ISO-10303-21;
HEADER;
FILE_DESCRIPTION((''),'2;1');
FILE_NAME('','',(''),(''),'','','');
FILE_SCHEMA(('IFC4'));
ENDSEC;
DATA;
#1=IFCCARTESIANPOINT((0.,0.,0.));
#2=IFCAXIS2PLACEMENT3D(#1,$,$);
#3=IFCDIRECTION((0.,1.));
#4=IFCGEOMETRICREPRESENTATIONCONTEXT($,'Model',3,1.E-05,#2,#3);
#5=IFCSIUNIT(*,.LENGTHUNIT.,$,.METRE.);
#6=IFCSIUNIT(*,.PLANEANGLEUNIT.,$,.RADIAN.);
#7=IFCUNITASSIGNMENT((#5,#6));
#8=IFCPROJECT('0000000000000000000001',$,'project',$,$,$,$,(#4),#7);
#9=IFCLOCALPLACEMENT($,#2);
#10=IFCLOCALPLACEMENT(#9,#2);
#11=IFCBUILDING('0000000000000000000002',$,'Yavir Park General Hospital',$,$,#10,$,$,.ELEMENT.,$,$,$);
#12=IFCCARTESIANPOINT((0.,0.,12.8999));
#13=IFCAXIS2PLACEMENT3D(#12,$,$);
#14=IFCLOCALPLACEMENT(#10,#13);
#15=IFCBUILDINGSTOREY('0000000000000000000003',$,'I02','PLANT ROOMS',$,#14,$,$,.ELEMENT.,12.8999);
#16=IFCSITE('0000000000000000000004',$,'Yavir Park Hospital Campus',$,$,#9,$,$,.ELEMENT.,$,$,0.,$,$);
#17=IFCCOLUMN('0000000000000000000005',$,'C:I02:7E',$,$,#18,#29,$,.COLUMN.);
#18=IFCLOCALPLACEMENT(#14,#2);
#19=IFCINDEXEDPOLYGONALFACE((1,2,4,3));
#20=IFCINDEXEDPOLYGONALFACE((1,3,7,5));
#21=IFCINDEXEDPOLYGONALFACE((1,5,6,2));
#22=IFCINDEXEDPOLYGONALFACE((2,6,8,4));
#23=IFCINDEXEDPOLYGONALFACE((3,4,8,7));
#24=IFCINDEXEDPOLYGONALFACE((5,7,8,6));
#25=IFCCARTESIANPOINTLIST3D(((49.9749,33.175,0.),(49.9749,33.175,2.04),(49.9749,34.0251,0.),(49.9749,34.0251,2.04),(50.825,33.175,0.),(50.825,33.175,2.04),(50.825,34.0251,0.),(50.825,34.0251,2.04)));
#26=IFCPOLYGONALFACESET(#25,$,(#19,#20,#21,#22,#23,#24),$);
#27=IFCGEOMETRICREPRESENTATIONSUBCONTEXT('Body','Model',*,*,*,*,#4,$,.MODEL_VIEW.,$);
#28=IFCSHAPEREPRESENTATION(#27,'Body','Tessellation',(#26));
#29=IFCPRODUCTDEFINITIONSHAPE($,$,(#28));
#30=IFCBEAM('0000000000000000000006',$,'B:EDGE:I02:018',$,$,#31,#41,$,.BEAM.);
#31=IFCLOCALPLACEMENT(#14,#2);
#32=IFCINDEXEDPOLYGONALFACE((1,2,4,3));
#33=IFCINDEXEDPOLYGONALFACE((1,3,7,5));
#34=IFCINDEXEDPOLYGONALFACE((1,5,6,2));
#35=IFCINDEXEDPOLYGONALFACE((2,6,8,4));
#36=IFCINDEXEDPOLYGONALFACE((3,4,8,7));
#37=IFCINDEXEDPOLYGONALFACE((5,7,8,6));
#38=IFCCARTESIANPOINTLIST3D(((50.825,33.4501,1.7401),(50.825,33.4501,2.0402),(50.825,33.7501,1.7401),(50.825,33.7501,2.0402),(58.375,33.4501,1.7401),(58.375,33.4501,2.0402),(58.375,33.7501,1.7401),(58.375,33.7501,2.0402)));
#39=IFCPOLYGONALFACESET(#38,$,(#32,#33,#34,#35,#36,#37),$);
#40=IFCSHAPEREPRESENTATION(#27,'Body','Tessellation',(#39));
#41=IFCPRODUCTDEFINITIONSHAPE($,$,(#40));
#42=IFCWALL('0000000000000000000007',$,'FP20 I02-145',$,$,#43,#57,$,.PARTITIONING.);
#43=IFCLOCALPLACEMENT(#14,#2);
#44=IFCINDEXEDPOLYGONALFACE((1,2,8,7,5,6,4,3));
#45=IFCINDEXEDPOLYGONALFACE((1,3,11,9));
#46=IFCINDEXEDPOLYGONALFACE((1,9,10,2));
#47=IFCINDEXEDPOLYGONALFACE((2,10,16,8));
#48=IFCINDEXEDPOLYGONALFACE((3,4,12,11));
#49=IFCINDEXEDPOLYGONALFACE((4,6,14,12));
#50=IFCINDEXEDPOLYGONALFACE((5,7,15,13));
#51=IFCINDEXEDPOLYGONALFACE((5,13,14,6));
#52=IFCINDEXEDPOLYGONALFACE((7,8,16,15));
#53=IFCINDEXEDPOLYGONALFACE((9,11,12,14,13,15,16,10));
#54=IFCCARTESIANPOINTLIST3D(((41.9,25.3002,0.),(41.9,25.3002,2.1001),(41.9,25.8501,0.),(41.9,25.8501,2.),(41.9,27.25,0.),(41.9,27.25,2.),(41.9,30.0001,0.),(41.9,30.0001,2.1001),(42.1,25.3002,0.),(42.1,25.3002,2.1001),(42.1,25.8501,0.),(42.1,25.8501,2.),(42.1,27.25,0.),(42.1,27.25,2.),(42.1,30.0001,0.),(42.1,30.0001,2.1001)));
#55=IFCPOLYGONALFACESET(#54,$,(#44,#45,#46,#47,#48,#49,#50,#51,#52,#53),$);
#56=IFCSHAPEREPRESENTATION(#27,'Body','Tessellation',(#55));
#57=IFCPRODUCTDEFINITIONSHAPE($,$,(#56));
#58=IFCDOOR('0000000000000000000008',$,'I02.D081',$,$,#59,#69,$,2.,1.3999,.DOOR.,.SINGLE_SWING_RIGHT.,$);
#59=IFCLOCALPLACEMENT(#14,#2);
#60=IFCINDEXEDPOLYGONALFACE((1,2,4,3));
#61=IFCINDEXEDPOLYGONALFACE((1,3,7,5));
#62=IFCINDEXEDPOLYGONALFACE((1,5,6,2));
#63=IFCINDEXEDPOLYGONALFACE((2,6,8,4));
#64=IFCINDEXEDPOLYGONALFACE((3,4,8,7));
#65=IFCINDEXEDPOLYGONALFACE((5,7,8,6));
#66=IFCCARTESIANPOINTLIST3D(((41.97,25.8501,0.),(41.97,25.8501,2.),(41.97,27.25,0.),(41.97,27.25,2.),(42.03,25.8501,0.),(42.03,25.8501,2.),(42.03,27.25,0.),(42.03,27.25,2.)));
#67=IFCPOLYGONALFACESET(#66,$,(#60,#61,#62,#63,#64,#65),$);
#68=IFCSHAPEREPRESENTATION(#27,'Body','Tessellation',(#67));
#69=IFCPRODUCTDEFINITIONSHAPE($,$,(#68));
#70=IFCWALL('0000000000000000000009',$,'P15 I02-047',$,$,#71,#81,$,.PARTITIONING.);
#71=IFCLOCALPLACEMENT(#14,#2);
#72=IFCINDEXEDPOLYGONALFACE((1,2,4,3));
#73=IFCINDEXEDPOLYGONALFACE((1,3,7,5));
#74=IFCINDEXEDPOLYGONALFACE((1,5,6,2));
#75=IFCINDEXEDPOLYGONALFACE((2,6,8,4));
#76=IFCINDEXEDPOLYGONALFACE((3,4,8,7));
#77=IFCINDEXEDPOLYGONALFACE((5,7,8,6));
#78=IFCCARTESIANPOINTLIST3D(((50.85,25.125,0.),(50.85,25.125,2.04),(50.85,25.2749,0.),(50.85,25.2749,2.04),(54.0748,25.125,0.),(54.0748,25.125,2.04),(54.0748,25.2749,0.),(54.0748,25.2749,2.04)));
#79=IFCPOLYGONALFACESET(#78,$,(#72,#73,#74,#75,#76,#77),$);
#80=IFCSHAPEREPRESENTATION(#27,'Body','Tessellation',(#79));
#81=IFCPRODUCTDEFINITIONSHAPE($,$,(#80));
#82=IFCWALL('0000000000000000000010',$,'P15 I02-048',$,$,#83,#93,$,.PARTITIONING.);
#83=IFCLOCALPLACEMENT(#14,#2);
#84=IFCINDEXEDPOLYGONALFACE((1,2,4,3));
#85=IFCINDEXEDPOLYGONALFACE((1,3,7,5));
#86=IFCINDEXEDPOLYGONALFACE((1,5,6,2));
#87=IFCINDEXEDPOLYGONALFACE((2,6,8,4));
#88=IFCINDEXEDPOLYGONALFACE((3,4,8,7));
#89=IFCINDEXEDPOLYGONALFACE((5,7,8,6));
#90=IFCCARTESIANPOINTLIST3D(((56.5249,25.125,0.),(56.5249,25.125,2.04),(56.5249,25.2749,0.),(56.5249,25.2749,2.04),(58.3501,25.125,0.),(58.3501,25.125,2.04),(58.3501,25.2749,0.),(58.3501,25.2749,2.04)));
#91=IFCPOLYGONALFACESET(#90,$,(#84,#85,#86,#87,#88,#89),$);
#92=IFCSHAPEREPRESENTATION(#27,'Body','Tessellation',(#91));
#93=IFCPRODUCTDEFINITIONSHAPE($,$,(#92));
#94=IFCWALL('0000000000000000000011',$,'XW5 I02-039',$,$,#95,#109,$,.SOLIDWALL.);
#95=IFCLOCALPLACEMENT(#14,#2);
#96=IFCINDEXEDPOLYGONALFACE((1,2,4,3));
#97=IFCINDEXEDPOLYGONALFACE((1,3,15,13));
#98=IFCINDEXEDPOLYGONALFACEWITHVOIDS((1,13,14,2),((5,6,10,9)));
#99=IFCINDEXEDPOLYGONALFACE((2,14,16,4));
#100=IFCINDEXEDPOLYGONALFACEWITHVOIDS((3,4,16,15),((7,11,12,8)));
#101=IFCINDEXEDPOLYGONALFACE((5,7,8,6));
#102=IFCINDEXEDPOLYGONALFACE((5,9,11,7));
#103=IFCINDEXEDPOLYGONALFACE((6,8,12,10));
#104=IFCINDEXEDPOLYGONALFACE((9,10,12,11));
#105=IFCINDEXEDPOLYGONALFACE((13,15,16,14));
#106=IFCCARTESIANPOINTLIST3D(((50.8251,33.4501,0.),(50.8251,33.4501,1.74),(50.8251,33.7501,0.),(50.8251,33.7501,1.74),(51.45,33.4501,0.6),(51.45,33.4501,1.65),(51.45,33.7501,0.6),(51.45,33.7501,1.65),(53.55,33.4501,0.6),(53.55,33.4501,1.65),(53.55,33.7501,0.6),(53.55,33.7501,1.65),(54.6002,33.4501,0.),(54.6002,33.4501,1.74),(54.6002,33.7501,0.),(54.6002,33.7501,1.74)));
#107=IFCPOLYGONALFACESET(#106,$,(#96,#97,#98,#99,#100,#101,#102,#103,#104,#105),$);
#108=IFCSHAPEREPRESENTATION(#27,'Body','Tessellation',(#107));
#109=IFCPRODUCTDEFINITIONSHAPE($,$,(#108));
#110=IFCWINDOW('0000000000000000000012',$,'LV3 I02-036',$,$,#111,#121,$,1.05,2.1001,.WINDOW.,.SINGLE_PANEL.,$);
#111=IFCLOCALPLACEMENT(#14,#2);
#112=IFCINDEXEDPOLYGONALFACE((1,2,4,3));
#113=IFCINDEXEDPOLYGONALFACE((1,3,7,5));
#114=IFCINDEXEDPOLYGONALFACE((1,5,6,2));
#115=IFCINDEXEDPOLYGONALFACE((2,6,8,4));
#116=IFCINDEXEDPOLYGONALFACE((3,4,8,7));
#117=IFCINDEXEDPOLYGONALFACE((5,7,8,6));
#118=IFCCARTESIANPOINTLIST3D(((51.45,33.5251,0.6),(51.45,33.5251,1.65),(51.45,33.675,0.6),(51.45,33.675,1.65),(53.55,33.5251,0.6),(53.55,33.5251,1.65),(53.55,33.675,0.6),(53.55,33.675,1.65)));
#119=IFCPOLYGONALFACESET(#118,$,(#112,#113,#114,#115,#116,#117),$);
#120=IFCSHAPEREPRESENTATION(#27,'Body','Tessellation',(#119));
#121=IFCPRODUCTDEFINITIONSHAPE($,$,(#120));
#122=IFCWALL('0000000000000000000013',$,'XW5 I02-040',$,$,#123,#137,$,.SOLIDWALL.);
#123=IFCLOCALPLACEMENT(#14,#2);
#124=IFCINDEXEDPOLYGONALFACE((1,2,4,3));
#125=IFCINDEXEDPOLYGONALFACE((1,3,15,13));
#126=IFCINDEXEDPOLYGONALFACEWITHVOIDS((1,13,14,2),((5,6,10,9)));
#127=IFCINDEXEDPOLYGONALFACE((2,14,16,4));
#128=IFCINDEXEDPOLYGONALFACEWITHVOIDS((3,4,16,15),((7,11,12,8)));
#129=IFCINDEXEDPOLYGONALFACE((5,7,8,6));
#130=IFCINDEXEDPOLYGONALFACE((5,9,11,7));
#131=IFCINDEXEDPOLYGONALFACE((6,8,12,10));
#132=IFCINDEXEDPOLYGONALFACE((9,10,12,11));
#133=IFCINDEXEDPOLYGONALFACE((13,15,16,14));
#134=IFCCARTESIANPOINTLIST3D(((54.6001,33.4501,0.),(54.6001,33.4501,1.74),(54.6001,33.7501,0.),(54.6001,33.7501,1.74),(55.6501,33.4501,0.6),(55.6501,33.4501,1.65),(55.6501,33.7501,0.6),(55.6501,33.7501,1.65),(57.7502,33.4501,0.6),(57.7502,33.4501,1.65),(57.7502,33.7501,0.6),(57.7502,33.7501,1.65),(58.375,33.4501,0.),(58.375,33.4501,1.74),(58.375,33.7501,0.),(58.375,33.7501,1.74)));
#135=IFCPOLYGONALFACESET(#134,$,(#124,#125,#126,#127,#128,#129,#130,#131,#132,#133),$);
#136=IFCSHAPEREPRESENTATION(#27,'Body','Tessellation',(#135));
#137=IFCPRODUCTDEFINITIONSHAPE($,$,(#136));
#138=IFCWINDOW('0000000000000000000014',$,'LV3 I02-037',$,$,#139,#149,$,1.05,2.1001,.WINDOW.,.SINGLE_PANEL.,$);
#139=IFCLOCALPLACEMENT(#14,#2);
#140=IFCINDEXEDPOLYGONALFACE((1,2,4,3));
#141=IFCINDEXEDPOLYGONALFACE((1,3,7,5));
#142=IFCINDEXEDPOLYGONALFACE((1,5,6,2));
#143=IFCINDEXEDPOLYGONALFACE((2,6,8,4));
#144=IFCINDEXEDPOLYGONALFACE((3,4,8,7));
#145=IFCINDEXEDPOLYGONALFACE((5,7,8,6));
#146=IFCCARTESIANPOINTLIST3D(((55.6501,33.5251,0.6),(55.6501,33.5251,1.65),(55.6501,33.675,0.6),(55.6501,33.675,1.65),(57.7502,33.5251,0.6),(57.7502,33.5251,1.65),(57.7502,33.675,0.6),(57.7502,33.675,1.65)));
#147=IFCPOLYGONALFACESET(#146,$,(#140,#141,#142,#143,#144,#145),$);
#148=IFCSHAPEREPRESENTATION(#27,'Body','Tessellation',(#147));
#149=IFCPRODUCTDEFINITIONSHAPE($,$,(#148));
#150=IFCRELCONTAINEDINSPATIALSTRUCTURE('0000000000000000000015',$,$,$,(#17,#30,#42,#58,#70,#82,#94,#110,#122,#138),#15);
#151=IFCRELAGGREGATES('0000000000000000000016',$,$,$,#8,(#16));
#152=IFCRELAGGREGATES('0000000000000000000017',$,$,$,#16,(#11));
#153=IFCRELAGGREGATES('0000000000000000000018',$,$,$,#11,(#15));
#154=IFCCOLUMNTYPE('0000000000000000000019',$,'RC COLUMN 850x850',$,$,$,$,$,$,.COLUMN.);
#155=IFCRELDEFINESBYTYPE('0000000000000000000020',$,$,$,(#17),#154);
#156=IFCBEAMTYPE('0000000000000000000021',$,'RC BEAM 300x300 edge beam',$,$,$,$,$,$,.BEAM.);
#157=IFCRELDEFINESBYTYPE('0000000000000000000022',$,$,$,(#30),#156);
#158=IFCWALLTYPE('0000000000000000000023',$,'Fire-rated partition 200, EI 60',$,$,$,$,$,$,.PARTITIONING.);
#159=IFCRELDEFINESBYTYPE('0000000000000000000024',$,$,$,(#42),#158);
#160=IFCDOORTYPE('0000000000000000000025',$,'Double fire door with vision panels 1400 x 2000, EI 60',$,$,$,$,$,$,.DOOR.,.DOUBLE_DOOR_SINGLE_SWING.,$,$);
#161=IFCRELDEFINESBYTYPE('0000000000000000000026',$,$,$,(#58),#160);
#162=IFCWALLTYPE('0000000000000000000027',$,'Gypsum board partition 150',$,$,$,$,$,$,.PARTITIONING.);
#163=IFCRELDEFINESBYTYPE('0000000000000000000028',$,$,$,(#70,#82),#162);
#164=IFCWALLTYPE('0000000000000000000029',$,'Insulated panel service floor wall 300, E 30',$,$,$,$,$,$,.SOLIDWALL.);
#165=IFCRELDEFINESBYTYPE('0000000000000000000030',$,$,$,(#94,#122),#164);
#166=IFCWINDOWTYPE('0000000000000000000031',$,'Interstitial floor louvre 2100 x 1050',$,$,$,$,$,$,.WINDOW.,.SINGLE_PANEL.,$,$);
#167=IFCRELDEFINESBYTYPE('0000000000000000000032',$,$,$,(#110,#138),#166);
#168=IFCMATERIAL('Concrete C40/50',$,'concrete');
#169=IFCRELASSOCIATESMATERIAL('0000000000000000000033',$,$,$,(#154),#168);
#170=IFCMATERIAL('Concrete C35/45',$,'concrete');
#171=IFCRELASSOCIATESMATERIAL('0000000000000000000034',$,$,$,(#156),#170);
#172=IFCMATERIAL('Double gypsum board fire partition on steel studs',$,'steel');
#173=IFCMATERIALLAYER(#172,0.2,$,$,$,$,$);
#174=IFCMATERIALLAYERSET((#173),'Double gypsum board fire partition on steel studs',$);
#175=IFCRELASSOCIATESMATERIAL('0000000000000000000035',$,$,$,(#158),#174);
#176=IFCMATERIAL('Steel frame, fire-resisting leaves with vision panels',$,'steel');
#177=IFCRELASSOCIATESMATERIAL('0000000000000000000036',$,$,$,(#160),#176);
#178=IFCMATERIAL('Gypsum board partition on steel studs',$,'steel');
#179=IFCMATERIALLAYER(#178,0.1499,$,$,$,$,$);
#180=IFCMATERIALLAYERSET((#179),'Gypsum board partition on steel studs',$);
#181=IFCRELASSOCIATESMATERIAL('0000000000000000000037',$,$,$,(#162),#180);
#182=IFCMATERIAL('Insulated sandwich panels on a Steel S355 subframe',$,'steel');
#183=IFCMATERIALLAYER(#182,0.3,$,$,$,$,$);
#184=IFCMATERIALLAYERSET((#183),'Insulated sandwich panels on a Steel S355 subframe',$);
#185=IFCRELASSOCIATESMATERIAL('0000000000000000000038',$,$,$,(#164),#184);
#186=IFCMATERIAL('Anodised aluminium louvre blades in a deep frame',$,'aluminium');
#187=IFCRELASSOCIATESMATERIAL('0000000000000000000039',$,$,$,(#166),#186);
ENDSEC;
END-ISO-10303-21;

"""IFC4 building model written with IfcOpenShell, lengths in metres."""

from ifc_helpers import new_model, si_unit, direction, frame, frame_2d, origin, origin_2d, place, context, subcontext, project, spatial, rectangle, extrude, material, layer, layer_set, material_profile, profile_set, type_object, element, fill, save


model = new_model("IFC4")

# Units and contexts
model_context = context("Model", 3, precision=1e-05, world=origin(), true_north=direction((0.0, 1.0)))
body_context = subcontext(model_context, "Body", "Model", "MODEL_VIEW")
ifc_project = project(units=[si_unit("LENGTHUNIT", "METRE"), si_unit("PLANEANGLEUNIT", "RADIAN")], contexts=[model_context])

# Site, building, storey
site_placement = place(None, origin())
site = spatial("IfcSite", under=ifc_project, at=site_placement, Name="Yavir Park Hospital Campus", CompositionType="ELEMENT", RefElevation=0.0)
building_placement = place(site_placement, origin())
building = spatial("IfcBuilding", under=site, at=building_placement, Name="Yavir Park General Hospital", CompositionType="ELEMENT")
storey_placement = place(building_placement, frame((0.0, 0.0, 12.8999)))
storey = spatial("IfcBuildingStorey", under=building, at=storey_placement, Name="I02", Description="PLANT ROOMS", CompositionType="ELEMENT", Elevation=12.8999)

# Column
ifc_material_1 = material(Name="Concrete C40/50", Category="concrete")
ifc_material_profile_1 = material_profile(ifc_material_1, rectangle(XDim=0.8501, YDim=0.8501, at=origin_2d()), Name="RC850x850")
ifc_profile_set_1 = profile_set([ifc_material_profile_1], Name="Concrete C40/50")
column_type = type_object("IfcColumnType", Name="RC COLUMN 850x850", PredefinedType="COLUMN", material=ifc_profile_set_1)
column_placement = place(storey_placement, frame((50.3999, 33.6001, 0.0), z_axis=(0.0, 0.0, 1.0), x_axis=(1.0, 0.0, 0.0)))
element("IfcColumn", 1, at=column_placement, inside=storey, type_object=column_type, Name="C:I02:7E", PredefinedType="COLUMN", context=body_context, shape_type="SweptSolid", body=[
    extrude(rectangle(XDim=0.8501, YDim=0.8501, at=origin_2d()), origin(), (0.0, 0.0, 1.0), 2.04),
])

# Beam
ifc_material_2 = material(Name="Concrete C35/45", Category="concrete")
ifc_material_profile_2 = material_profile(ifc_material_2, rectangle(XDim=0.3, YDim=0.3, at=origin_2d()), Name="RC300x300")
ifc_profile_set_2 = profile_set([ifc_material_profile_2], Name="Concrete C35/45")
beam_type = type_object("IfcBeamType", Name="RC BEAM 300x300 edge beam", PredefinedType="BEAM", material=ifc_profile_set_2)
beam_placement = place(storey_placement, frame((50.825, 33.6001, 1.8901), z_axis=(1.0, 0.0, 0.0), x_axis=(0.0, 1.0, 0.0)))
element("IfcBeam", 2, at=beam_placement, inside=storey, type_object=beam_type, Name="B:EDGE:I02:018", PredefinedType="BEAM", context=body_context, shape_type="SweptSolid", body=[
    extrude(rectangle(XDim=0.3, YDim=0.3, at=origin_2d()), origin(), (0.0, 0.0, 1.0), 7.55),
])

# Wall, opening, door
ifc_material_3 = material(Name="Double gypsum board fire partition on steel studs", Category="steel")
ifc_layer_1 = layer(ifc_material_3, 0.2)
ifc_layer_set_1 = layer_set([ifc_layer_1], Name="Double gypsum board fire partition on steel studs")
wall_type_1 = type_object("IfcWallType", Name="Fire-rated partition 200, EI 60", PredefinedType="PARTITIONING", material=ifc_layer_set_1)
wall_1_placement = place(storey_placement, frame((42.0, 25.3, 0.0), z_axis=(0.0, 0.0, 1.0), x_axis=(0.0, 1.0, 0.0)))
wall_1 = element("IfcWall", 3, at=wall_1_placement, inside=storey, type_object=wall_type_1, Name="FP20 I02-145", PredefinedType="PARTITIONING", context=body_context, shape_type="SweptSolid", body=[
    extrude(rectangle(XDim=4.7, YDim=0.2, at=frame_2d((2.3501, 0.0))), origin(), (0.0, 0.0, 1.0), 2.1001),
])
opening_1_placement = place(wall_1_placement, frame((0.55, 0.0, 0.0)))
opening_1 = element("IfcOpeningElement", 4, at=opening_1_placement, cuts=wall_1, PredefinedType="OPENING", context=body_context, shape_type="SweptSolid", body=[
    extrude(rectangle(XDim=1.3999, YDim=2.0, at=frame_2d((0.7, 1.0))), frame((0.0, 0.1099, 0.0), z_axis=(0.0, -1.0, 0.0), x_axis=(1.0, 0.0, 0.0)), (0.0, 0.0, 1.0), 0.22),
])
ifc_material_4 = material(Name="Steel frame, fire-resisting leaves with vision panels", Category="steel")
door_type_1 = type_object("IfcDoorType", Name="Double fire door with vision panels 1400 x 2000, EI 60", OperationType="DOUBLE_DOOR_SINGLE_SWING", PredefinedType="DOOR", material=ifc_material_4)
door_1_placement = place(opening_1_placement, origin())
door_1 = element("IfcDoor", 5, at=door_1_placement, inside=storey, type_object=door_type_1, Name="I02.D081", OperationType="SINGLE_SWING_RIGHT", OverallHeight=2.0, OverallWidth=1.3999, PredefinedType="DOOR", context=body_context, shape_type="SweptSolid", body=[
    extrude(rectangle(XDim=1.3999, YDim=2.0, at=frame_2d((0.7, 1.0))), frame((0.0, 0.03, 0.0), z_axis=(0.0, -1.0, 0.0), x_axis=(1.0, 0.0, 0.0)), (0.0, 0.0, 1.0), 0.0601),
])
fill(opening_1, door_1)

# Walls
ifc_material_5 = material(Name="Gypsum board partition on steel studs", Category="steel")
ifc_layer_2 = layer(ifc_material_5, 0.1499)
ifc_layer_set_2 = layer_set([ifc_layer_2], Name="Gypsum board partition on steel studs")
wall_type_2 = type_object("IfcWallType", Name="Gypsum board partition 150", PredefinedType="PARTITIONING", material=ifc_layer_set_2)
wall_2_placement = place(storey_placement, frame((50.8501, 25.2, 0.0), z_axis=(0.0, 0.0, 1.0), x_axis=(1.0, 0.0, 0.0)))
element("IfcWall", 6, at=wall_2_placement, inside=storey, type_object=wall_type_2, Name="P15 I02-047", PredefinedType="PARTITIONING", context=body_context, shape_type="SweptSolid", body=[
    extrude(rectangle(XDim=3.2249, YDim=0.1499, at=frame_2d((1.6123, 0.0))), origin(), (0.0, 0.0, 1.0), 2.04),
])
wall_3_placement = place(storey_placement, frame((56.5249, 25.2, 0.0), z_axis=(0.0, 0.0, 1.0), x_axis=(1.0, 0.0, 0.0)))
element("IfcWall", 7, at=wall_3_placement, inside=storey, type_object=wall_type_2, Name="P15 I02-048", PredefinedType="PARTITIONING", context=body_context, shape_type="SweptSolid", body=[
    extrude(rectangle(XDim=1.8252, YDim=0.1499, at=frame_2d((0.9126, 0.0))), origin(), (0.0, 0.0, 1.0), 2.04),
])

# Walls, openings, windows
ifc_material_6 = material(Name="Insulated sandwich panels on a Steel S355 subframe", Category="steel")
ifc_layer_3 = layer(ifc_material_6, 0.3)
ifc_layer_set_3 = layer_set([ifc_layer_3], Name="Insulated sandwich panels on a Steel S355 subframe")
wall_type_3 = type_object("IfcWallType", Name="Insulated panel service floor wall 300, E 30", PredefinedType="SOLIDWALL", material=ifc_layer_set_3)
wall_4_placement = place(storey_placement, frame((50.825, 33.6001, 0.0), z_axis=(0.0, 0.0, 1.0), x_axis=(1.0, 0.0, 0.0)))
wall_4 = element("IfcWall", 8, at=wall_4_placement, inside=storey, type_object=wall_type_3, Name="XW5 I02-039", PredefinedType="SOLIDWALL", context=body_context, shape_type="SweptSolid", body=[
    extrude(rectangle(XDim=3.7751, YDim=0.3, at=frame_2d((1.8877, 0.0))), origin(), (0.0, 0.0, 1.0), 1.74),
])
opening_2_placement = place(wall_4_placement, frame((0.625, 0.0, 0.6001)))
opening_2 = element("IfcOpeningElement", 9, at=opening_2_placement, cuts=wall_4, PredefinedType="OPENING", context=body_context, shape_type="SweptSolid", body=[
    extrude(rectangle(XDim=2.1001, YDim=1.05, at=frame_2d((1.05, 0.5249))), frame((0.0, 0.1599, 0.0), z_axis=(0.0, -1.0, 0.0), x_axis=(1.0, 0.0, 0.0)), (0.0, 0.0, 1.0), 0.3201),
])
ifc_material_7 = material(Name="Anodised aluminium louvre blades in a deep frame", Category="aluminium")
window_type = type_object("IfcWindowType", Name="Interstitial floor louvre 2100 x 1050", PartitioningType="SINGLE_PANEL", PredefinedType="WINDOW", material=ifc_material_7)
window_1_placement = place(opening_2_placement, origin())
window_1 = element("IfcWindow", 10, at=window_1_placement, inside=storey, type_object=window_type, Name="LV3 I02-036", OverallHeight=1.05, OverallWidth=2.1001, PartitioningType="SINGLE_PANEL", PredefinedType="WINDOW", context=body_context, shape_type="SweptSolid", body=[
    extrude(rectangle(XDim=2.1001, YDim=1.05, at=frame_2d((1.05, 0.5249))), frame((0.0, 0.075, 0.0), z_axis=(0.0, -1.0, 0.0), x_axis=(1.0, 0.0, 0.0)), (0.0, 0.0, 1.0), 0.1499),
])
fill(opening_2, window_1)
wall_5_placement = place(storey_placement, frame((54.6001, 33.6001, 0.0), z_axis=(0.0, 0.0, 1.0), x_axis=(1.0, 0.0, 0.0)))
wall_5 = element("IfcWall", 11, at=wall_5_placement, inside=storey, type_object=wall_type_3, Name="XW5 I02-040", PredefinedType="SOLIDWALL", context=body_context, shape_type="SweptSolid", body=[
    extrude(rectangle(XDim=3.7749, YDim=0.3, at=frame_2d((1.8875, 0.0))), origin(), (0.0, 0.0, 1.0), 1.74),
])
opening_3_placement = place(wall_5_placement, frame((1.05, 0.0, 0.6001)))
opening_3 = element("IfcOpeningElement", 12, at=opening_3_placement, cuts=wall_5, PredefinedType="OPENING", context=body_context, shape_type="SweptSolid", body=[
    extrude(rectangle(XDim=2.1001, YDim=1.05, at=frame_2d((1.05, 0.5249))), frame((0.0, 0.1599, 0.0), z_axis=(0.0, -1.0, 0.0), x_axis=(1.0, 0.0, 0.0)), (0.0, 0.0, 1.0), 0.3201),
])
window_2_placement = place(opening_3_placement, origin())
window_2 = element("IfcWindow", 13, at=window_2_placement, inside=storey, type_object=window_type, Name="LV3 I02-037", OverallHeight=1.05, OverallWidth=2.1001, PartitioningType="SINGLE_PANEL", PredefinedType="WINDOW", context=body_context, shape_type="SweptSolid", body=[
    extrude(rectangle(XDim=2.1001, YDim=1.05, at=frame_2d((1.05, 0.5249))), frame((0.0, 0.075, 0.0), z_axis=(0.0, -1.0, 0.0), x_axis=(1.0, 0.0, 0.0)), (0.0, 0.0, 1.0), 0.1499),
])
fill(opening_3, window_2)

save(model, "model.ifc")
